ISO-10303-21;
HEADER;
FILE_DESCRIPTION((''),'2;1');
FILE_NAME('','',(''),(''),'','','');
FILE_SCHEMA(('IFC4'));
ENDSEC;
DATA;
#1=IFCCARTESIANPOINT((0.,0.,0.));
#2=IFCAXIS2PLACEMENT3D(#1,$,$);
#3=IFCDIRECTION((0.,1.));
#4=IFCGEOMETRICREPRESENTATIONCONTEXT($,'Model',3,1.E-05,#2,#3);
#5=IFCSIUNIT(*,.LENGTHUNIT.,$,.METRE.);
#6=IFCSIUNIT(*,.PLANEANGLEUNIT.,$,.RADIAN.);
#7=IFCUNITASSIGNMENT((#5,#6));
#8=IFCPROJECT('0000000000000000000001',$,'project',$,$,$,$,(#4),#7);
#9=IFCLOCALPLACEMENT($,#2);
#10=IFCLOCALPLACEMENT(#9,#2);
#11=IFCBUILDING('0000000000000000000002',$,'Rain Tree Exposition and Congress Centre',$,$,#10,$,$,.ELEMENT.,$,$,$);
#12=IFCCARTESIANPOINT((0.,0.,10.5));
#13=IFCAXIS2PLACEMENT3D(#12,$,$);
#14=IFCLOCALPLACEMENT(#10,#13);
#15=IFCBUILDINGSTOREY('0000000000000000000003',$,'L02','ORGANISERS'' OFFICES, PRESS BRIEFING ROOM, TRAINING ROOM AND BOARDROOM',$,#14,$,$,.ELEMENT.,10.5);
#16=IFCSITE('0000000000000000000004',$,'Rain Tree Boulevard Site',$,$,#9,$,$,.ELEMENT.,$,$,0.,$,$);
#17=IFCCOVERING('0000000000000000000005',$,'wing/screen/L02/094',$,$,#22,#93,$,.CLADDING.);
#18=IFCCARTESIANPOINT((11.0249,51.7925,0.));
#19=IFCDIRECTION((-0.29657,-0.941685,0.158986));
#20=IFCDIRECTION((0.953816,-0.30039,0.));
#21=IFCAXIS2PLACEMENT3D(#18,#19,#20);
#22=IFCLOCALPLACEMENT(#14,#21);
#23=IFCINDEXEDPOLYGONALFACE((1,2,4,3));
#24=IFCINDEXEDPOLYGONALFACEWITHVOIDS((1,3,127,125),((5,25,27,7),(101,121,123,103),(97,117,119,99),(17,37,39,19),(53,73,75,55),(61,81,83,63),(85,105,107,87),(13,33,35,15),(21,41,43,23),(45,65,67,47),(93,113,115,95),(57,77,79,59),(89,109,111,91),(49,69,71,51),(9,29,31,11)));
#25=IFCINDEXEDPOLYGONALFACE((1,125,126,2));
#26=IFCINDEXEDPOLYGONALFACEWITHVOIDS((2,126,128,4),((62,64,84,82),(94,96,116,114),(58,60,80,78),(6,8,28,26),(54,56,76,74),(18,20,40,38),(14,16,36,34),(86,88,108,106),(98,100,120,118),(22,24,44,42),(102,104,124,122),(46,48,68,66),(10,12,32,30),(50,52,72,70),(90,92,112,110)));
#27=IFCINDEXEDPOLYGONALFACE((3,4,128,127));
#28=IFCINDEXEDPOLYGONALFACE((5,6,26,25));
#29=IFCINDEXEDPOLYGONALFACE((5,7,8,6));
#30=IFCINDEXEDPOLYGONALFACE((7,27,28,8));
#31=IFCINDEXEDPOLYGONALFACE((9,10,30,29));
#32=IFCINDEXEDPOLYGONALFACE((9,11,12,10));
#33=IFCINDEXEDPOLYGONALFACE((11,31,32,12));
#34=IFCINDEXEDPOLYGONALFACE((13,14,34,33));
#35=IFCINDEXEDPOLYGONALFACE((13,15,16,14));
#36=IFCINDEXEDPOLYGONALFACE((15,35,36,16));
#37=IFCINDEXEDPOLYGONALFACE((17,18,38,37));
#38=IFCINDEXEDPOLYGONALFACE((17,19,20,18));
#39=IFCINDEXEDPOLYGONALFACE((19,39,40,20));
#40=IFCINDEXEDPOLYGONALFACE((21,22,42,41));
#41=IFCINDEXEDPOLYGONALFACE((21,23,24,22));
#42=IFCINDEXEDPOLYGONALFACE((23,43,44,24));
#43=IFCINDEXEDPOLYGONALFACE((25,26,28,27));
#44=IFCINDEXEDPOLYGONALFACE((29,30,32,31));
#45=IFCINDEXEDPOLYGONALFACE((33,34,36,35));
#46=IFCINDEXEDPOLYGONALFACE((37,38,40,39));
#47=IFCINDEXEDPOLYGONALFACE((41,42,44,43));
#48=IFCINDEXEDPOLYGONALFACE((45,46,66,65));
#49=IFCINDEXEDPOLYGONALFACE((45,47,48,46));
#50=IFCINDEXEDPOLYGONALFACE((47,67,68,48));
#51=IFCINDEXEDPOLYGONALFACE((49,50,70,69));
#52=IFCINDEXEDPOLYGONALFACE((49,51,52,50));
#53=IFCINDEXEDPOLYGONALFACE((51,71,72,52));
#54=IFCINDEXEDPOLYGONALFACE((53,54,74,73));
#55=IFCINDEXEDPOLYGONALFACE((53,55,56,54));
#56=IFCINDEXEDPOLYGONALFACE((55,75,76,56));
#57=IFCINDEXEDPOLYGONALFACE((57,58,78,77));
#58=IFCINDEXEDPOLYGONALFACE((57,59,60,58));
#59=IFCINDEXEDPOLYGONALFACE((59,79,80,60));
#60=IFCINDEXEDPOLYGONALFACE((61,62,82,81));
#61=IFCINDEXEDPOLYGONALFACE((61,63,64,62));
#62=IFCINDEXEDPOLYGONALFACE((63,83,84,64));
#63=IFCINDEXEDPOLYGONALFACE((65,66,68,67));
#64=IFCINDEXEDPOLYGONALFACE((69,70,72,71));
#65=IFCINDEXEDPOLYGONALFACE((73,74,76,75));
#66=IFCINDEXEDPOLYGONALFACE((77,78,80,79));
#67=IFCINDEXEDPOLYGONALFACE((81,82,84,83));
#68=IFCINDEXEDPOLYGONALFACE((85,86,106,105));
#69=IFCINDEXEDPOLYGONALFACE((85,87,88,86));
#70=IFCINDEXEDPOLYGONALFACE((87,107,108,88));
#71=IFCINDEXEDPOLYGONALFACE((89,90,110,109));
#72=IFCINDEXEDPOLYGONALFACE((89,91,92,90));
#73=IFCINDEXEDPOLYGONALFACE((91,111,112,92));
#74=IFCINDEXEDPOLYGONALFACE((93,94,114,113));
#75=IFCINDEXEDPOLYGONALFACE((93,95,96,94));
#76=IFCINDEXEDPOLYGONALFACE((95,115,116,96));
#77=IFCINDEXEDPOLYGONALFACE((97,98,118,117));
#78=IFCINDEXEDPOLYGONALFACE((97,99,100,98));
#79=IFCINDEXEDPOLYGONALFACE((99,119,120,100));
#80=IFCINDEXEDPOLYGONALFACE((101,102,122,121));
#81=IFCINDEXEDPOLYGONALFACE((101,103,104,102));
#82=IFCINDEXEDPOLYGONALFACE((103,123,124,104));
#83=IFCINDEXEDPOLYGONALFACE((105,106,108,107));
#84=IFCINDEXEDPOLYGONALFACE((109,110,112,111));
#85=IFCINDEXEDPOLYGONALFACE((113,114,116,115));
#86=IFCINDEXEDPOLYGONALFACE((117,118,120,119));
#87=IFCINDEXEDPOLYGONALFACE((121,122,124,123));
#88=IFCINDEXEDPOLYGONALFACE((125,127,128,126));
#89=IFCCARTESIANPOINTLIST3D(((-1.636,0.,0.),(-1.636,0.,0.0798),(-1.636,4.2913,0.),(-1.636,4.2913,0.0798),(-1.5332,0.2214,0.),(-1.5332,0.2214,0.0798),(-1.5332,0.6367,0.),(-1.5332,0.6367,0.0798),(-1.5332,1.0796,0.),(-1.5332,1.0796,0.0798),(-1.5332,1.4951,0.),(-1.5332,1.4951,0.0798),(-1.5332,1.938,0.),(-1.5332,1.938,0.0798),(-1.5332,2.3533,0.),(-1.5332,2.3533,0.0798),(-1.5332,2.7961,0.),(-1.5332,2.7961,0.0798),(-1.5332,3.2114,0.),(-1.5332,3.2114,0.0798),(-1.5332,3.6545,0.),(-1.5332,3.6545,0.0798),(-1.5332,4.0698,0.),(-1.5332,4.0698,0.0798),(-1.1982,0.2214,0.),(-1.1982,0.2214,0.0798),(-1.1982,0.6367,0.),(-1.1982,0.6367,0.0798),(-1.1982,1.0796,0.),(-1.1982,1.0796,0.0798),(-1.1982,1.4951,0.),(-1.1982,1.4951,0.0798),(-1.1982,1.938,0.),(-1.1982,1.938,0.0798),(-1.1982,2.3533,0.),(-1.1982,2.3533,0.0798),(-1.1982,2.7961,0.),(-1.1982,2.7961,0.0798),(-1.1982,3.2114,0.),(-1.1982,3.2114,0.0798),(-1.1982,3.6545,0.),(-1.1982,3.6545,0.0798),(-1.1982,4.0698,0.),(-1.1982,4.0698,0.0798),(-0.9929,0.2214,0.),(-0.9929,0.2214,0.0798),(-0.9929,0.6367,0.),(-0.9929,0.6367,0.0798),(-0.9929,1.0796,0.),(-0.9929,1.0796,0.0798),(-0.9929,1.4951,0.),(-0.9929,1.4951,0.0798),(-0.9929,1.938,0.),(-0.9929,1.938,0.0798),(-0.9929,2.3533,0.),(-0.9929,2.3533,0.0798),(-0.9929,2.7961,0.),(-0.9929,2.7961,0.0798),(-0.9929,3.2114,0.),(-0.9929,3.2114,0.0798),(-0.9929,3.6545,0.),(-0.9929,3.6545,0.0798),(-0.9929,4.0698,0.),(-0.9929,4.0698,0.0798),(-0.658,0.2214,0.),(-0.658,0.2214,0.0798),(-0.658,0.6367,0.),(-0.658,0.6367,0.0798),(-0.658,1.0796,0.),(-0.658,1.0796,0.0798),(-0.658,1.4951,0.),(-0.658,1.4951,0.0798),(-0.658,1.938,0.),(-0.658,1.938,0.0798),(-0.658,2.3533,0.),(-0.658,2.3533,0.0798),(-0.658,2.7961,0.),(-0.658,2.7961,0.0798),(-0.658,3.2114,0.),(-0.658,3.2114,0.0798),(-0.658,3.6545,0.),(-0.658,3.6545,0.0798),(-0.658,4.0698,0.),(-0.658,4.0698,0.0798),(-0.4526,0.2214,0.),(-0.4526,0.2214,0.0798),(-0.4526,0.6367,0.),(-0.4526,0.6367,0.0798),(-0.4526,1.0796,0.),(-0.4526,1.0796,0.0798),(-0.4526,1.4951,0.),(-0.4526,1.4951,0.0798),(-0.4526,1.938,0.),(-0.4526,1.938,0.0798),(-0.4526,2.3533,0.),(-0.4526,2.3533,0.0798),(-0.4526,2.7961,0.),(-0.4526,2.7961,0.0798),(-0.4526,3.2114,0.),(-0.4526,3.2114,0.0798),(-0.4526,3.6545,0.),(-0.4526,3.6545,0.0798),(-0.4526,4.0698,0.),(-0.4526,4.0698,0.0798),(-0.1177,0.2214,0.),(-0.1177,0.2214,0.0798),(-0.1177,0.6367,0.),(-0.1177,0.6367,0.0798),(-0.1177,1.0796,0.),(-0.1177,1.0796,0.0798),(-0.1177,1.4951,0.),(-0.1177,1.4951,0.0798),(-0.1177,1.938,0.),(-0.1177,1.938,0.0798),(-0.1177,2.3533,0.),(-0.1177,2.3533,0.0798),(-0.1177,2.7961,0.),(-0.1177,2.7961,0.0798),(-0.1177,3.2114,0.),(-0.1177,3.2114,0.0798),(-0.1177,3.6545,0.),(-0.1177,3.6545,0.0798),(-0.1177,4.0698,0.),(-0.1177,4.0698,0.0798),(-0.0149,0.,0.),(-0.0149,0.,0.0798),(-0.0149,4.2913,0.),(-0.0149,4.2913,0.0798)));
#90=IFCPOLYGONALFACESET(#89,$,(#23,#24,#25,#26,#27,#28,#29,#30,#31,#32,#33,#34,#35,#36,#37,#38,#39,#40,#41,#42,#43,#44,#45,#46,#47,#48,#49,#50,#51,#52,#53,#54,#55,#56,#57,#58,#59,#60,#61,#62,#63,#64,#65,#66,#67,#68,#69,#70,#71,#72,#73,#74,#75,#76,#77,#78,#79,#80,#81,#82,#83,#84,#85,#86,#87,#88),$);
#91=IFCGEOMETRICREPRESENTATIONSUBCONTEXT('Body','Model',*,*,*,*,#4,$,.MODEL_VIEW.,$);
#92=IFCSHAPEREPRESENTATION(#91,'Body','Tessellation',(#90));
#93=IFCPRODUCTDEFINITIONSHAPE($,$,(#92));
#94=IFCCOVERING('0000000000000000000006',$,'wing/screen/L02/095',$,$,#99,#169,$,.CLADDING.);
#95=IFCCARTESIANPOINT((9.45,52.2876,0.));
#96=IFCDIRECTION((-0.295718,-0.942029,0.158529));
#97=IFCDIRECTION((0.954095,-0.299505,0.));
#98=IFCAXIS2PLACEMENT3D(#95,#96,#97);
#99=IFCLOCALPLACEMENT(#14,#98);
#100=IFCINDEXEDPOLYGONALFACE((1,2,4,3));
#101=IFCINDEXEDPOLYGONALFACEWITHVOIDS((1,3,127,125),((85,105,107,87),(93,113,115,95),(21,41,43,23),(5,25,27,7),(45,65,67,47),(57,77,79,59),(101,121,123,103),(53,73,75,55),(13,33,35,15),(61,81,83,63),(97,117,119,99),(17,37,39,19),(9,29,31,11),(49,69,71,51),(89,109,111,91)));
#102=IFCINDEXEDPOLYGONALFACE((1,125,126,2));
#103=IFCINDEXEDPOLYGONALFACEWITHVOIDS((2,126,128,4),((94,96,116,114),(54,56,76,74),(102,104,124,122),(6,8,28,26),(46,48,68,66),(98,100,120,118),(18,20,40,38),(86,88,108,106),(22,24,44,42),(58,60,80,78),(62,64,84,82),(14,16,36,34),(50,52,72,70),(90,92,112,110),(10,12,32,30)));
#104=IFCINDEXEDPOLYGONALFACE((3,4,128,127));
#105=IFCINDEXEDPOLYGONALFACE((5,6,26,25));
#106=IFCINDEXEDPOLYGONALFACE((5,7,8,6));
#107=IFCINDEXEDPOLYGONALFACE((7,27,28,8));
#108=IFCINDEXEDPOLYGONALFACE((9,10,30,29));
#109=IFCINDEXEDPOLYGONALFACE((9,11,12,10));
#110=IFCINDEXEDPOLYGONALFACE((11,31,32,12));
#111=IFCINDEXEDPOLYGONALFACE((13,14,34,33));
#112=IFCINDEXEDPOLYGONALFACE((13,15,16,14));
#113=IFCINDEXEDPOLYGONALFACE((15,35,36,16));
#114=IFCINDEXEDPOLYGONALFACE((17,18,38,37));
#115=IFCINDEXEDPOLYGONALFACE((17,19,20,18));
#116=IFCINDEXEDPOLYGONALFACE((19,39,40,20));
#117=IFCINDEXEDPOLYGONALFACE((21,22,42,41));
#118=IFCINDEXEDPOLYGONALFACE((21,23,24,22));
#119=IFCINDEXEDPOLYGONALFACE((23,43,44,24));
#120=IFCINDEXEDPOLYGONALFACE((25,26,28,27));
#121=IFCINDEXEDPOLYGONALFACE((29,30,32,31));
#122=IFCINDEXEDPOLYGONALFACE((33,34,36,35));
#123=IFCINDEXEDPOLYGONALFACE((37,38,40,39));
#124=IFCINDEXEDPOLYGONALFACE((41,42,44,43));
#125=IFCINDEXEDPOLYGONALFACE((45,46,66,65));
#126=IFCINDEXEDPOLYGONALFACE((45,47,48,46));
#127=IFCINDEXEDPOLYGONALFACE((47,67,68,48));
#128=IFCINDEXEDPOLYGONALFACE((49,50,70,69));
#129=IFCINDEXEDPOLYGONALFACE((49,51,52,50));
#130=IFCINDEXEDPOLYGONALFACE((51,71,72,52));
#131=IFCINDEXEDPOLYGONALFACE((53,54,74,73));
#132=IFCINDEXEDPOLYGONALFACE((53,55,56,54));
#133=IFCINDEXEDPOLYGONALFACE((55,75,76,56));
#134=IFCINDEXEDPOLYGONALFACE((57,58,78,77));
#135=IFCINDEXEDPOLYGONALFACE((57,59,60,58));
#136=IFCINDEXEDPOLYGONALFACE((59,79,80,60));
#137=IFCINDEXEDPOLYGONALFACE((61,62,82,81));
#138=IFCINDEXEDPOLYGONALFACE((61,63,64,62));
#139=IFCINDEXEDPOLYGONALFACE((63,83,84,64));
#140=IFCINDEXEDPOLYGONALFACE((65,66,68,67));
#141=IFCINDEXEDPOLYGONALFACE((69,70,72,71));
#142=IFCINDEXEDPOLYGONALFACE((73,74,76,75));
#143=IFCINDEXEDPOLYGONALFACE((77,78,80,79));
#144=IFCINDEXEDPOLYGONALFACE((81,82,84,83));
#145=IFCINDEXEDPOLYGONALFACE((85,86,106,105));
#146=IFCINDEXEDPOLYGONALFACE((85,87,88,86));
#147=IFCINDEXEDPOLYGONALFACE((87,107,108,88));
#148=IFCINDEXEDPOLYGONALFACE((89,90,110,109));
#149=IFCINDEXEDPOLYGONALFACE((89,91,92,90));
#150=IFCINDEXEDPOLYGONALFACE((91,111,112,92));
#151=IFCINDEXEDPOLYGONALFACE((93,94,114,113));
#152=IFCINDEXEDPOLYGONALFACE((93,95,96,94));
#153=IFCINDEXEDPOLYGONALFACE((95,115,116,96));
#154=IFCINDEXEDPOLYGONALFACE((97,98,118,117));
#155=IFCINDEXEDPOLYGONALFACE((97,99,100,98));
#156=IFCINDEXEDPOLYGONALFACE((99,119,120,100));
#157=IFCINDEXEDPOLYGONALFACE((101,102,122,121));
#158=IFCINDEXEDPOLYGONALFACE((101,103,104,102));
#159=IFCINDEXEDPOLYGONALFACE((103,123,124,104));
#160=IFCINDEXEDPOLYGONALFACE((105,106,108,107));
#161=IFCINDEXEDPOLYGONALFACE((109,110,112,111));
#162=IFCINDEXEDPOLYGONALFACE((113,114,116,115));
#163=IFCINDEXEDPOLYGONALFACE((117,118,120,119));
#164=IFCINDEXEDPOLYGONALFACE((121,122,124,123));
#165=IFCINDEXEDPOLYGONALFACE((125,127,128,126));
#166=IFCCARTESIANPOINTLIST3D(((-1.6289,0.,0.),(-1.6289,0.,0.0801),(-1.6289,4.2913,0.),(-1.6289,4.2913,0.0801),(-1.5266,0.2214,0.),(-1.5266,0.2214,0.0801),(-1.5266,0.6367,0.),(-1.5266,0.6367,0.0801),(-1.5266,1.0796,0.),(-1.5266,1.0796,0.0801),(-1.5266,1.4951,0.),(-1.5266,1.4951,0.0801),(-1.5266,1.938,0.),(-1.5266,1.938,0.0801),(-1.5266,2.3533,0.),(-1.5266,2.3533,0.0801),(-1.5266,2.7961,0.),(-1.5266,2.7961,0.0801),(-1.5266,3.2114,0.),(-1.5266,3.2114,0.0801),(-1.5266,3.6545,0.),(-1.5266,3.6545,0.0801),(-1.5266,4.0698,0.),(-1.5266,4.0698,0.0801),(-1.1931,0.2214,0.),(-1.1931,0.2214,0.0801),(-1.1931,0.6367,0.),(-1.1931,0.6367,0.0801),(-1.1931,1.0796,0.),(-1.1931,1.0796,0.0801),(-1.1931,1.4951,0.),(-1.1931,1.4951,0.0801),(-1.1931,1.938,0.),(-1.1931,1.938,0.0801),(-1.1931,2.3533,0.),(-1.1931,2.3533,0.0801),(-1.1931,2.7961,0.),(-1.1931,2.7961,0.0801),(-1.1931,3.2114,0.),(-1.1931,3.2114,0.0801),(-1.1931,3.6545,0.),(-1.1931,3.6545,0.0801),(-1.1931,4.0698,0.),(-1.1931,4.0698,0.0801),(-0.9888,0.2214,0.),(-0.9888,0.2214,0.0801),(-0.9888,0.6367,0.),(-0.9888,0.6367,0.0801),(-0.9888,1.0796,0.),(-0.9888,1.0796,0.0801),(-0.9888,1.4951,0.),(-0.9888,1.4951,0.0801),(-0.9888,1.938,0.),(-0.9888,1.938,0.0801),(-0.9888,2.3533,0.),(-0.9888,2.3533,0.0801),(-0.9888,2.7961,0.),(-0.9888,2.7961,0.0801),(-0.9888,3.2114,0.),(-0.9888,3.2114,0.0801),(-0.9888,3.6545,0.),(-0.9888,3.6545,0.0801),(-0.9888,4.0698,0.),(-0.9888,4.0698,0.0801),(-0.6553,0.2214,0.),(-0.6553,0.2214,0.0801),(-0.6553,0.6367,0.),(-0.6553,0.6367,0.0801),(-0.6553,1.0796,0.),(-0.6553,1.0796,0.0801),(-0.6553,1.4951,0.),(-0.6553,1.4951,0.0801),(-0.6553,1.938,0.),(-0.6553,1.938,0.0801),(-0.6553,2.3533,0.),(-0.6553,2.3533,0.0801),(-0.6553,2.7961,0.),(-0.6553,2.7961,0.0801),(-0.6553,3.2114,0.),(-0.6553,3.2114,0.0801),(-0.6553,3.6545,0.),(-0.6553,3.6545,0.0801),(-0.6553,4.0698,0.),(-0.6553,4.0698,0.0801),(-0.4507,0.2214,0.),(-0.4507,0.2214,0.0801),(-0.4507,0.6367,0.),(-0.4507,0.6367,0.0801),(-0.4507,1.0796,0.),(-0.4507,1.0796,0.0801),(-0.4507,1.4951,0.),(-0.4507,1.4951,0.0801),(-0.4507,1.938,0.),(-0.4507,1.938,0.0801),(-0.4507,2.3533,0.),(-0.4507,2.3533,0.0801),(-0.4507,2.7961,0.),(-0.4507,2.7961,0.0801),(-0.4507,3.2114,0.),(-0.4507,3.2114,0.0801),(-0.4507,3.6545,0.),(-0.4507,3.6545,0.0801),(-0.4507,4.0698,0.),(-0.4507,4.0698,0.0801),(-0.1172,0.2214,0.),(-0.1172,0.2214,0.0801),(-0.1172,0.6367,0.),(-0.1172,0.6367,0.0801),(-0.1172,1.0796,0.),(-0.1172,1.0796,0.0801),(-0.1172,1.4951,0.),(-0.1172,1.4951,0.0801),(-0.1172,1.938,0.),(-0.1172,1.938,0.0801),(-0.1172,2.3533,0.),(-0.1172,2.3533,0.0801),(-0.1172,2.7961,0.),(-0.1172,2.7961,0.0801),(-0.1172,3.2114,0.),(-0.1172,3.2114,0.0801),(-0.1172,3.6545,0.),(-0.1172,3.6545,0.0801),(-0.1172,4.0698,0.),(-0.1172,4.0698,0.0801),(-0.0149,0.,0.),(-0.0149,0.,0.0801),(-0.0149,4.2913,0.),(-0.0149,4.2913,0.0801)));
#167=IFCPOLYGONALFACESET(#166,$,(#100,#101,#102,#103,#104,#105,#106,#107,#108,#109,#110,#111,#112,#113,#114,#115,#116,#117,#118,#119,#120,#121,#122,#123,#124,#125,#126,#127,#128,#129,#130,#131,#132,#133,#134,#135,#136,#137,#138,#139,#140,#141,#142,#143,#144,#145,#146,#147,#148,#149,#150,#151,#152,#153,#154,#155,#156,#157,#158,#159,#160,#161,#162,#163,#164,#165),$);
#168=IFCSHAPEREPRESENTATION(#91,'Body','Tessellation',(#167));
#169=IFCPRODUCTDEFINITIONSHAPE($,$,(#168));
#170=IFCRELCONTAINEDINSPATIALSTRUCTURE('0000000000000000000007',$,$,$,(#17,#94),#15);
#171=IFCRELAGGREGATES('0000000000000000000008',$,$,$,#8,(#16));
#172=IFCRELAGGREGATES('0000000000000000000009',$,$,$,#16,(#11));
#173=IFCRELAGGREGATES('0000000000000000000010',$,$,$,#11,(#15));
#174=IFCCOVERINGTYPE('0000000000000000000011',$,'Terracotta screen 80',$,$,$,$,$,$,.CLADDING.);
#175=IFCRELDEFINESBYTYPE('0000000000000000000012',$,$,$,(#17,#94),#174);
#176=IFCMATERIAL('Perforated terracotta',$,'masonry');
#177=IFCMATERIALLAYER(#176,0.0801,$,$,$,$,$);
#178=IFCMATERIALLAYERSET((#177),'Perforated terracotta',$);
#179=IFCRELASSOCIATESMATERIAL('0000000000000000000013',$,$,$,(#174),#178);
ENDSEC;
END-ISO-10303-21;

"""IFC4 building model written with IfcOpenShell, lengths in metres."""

from ifc_helpers import new_model, si_unit, direction, frame, origin, place, context, subcontext, project, spatial, polyline, outline, extrude, material, layer, layer_set, type_object, element, save


model = new_model("IFC4")

# Units and contexts
model_context = context("Model", 3, precision=1e-05, world=origin(), true_north=direction((0.0, 1.0)))
body_context = subcontext(model_context, "Body", "Model", "MODEL_VIEW")
ifc_project = project(units=[si_unit("LENGTHUNIT", "METRE"), si_unit("PLANEANGLEUNIT", "RADIAN")], contexts=[model_context])

# Site, building, storey
site_placement = place(None, origin())
site = spatial("IfcSite", under=ifc_project, at=site_placement, Name="Rain Tree Boulevard Site", CompositionType="ELEMENT", RefElevation=0.0)
building_placement = place(site_placement, origin())
building = spatial("IfcBuilding", under=site, at=building_placement, Name="Rain Tree Exposition and Congress Centre", CompositionType="ELEMENT")
storey_placement = place(building_placement, frame((0.0, 0.0, 10.5)))
storey = spatial("IfcBuildingStorey", under=building, at=storey_placement, Name="L02", Description="ORGANISERS' OFFICES, PRESS BRIEFING ROOM, TRAINING ROOM AND BOARDROOM", CompositionType="ELEMENT", Elevation=10.5)

# Coverings
ifc_material_1 = material(Name="Perforated terracotta", Category="masonry")
ifc_layer_1 = layer(ifc_material_1, 0.0801)
ifc_layer_set_1 = layer_set([ifc_layer_1], Name="Perforated terracotta")
covering_type = type_object("IfcCoveringType", Name="Terracotta screen 80", PredefinedType="CLADDING", material=ifc_layer_set_1)
covering_1_placement = place(storey_placement, frame((11.0249, 51.7925, 0.0), z_axis=(-0.29657, -0.941685, 0.158986), x_axis=(0.953816, -0.30039, 0.0)))
element("IfcCovering", 1, at=covering_1_placement, inside=storey, type_object=covering_type, Name="wing/screen/L02/094", PredefinedType="CLADDING", context=body_context, shape_type="SweptSolid", body=[
    extrude(outline(polyline([(-1.636, 0.0), (-1.636, 4.2913), (-0.0149, 4.2913), (-0.0149, 0.0), (-1.636, 0.0)]), holes=[polyline([(-0.1177, 0.2214), (-0.1177, 0.6367), (-0.4526, 0.6367), (-0.4526, 0.2214), (-0.1177, 0.2214)]), polyline([(-0.1177, 1.0796), (-0.1177, 1.4951), (-0.4526, 1.4951), (-0.4526, 1.0796), (-0.1177, 1.0796)]), polyline([(-0.1177, 1.938), (-0.1177, 2.3533), (-0.4526, 2.3533), (-0.4526, 1.938), (-0.1177, 1.938)]), polyline([(-0.1177, 2.7961), (-0.1177, 3.2114), (-0.4526, 3.2114), (-0.4526, 2.7961), (-0.1177, 2.7961)]), polyline([(-0.1177, 3.6545), (-0.1177, 4.0698), (-0.4526, 4.0698), (-0.4526, 3.6545), (-0.1177, 3.6545)]), polyline([(-0.658, 0.2214), (-0.658, 0.6367), (-0.9929, 0.6367), (-0.9929, 0.2214), (-0.658, 0.2214)]), polyline([(-0.658, 1.0796), (-0.658, 1.4951), (-0.9929, 1.4951), (-0.9929, 1.0796), (-0.658, 1.0796)]), polyline([(-0.658, 1.938), (-0.658, 2.3533), (-0.9929, 2.3533), (-0.9929, 1.938), (-0.658, 1.938)]), polyline([(-0.658, 2.7961), (-0.658, 3.2114), (-0.9929, 3.2114), (-0.9929, 2.7961), (-0.658, 2.7961)]), polyline([(-0.658, 3.6545), (-0.658, 4.0698), (-0.9929, 4.0698), (-0.9929, 3.6545), (-0.658, 3.6545)]), polyline([(-1.1982, 0.2214), (-1.1982, 0.6367), (-1.5332, 0.6367), (-1.5332, 0.2214), (-1.1982, 0.2214)]), polyline([(-1.1982, 1.0796), (-1.1982, 1.4951), (-1.5332, 1.4951), (-1.5332, 1.0796), (-1.1982, 1.0796)]), polyline([(-1.1982, 1.938), (-1.1982, 2.3533), (-1.5332, 2.3533), (-1.5332, 1.938), (-1.1982, 1.938)]), polyline([(-1.1982, 2.7961), (-1.1982, 3.2114), (-1.5332, 3.2114), (-1.5332, 2.7961), (-1.1982, 2.7961)]), polyline([(-1.1982, 3.6545), (-1.1982, 4.0698), (-1.5332, 4.0698), (-1.5332, 3.6545), (-1.1982, 3.6545)])]), origin(), (0.0, 0.0, 1.0), 0.0798),
])
covering_2_placement = place(storey_placement, frame((9.45, 52.2876, 0.0), z_axis=(-0.295718, -0.942029, 0.158529), x_axis=(0.954095, -0.299505, 0.0)))
element("IfcCovering", 2, at=covering_2_placement, inside=storey, type_object=covering_type, Name="wing/screen/L02/095", PredefinedType="CLADDING", context=body_context, shape_type="SweptSolid", body=[
    extrude(outline(polyline([(-1.6289, 0.0), (-1.6289, 4.2913), (-0.0149, 4.2913), (-0.0149, 0.0), (-1.6289, 0.0)]), holes=[polyline([(-0.1172, 0.2214), (-0.1172, 0.6367), (-0.4507, 0.6367), (-0.4507, 0.2214), (-0.1172, 0.2214)]), polyline([(-0.1172, 1.0796), (-0.1172, 1.4951), (-0.4507, 1.4951), (-0.4507, 1.0796), (-0.1172, 1.0796)]), polyline([(-0.1172, 1.938), (-0.1172, 2.3533), (-0.4507, 2.3533), (-0.4507, 1.938), (-0.1172, 1.938)]), polyline([(-0.1172, 2.7961), (-0.1172, 3.2114), (-0.4507, 3.2114), (-0.4507, 2.7961), (-0.1172, 2.7961)]), polyline([(-0.1172, 3.6545), (-0.1172, 4.0698), (-0.4507, 4.0698), (-0.4507, 3.6545), (-0.1172, 3.6545)]), polyline([(-0.6553, 0.2214), (-0.6553, 0.6367), (-0.9888, 0.6367), (-0.9888, 0.2214), (-0.6553, 0.2214)]), polyline([(-0.6553, 1.0796), (-0.6553, 1.4951), (-0.9888, 1.4951), (-0.9888, 1.0796), (-0.6553, 1.0796)]), polyline([(-0.6553, 1.938), (-0.6553, 2.3533), (-0.9888, 2.3533), (-0.9888, 1.938), (-0.6553, 1.938)]), polyline([(-0.6553, 2.7961), (-0.6553, 3.2114), (-0.9888, 3.2114), (-0.9888, 2.7961), (-0.6553, 2.7961)]), polyline([(-0.6553, 3.6545), (-0.6553, 4.0698), (-0.9888, 4.0698), (-0.9888, 3.6545), (-0.6553, 3.6545)]), polyline([(-1.1931, 0.2214), (-1.1931, 0.6367), (-1.5266, 0.6367), (-1.5266, 0.2214), (-1.1931, 0.2214)]), polyline([(-1.1931, 1.0796), (-1.1931, 1.4951), (-1.5266, 1.4951), (-1.5266, 1.0796), (-1.1931, 1.0796)]), polyline([(-1.1931, 1.938), (-1.1931, 2.3533), (-1.5266, 2.3533), (-1.5266, 1.938), (-1.1931, 1.938)]), polyline([(-1.1931, 2.7961), (-1.1931, 3.2114), (-1.5266, 3.2114), (-1.5266, 2.7961), (-1.1931, 2.7961)]), polyline([(-1.1931, 3.6545), (-1.1931, 4.0698), (-1.5266, 4.0698), (-1.5266, 3.6545), (-1.1931, 3.6545)])]), origin(), (0.0, 0.0, 1.0), 0.0801),
])

save(model, "model.ifc")
